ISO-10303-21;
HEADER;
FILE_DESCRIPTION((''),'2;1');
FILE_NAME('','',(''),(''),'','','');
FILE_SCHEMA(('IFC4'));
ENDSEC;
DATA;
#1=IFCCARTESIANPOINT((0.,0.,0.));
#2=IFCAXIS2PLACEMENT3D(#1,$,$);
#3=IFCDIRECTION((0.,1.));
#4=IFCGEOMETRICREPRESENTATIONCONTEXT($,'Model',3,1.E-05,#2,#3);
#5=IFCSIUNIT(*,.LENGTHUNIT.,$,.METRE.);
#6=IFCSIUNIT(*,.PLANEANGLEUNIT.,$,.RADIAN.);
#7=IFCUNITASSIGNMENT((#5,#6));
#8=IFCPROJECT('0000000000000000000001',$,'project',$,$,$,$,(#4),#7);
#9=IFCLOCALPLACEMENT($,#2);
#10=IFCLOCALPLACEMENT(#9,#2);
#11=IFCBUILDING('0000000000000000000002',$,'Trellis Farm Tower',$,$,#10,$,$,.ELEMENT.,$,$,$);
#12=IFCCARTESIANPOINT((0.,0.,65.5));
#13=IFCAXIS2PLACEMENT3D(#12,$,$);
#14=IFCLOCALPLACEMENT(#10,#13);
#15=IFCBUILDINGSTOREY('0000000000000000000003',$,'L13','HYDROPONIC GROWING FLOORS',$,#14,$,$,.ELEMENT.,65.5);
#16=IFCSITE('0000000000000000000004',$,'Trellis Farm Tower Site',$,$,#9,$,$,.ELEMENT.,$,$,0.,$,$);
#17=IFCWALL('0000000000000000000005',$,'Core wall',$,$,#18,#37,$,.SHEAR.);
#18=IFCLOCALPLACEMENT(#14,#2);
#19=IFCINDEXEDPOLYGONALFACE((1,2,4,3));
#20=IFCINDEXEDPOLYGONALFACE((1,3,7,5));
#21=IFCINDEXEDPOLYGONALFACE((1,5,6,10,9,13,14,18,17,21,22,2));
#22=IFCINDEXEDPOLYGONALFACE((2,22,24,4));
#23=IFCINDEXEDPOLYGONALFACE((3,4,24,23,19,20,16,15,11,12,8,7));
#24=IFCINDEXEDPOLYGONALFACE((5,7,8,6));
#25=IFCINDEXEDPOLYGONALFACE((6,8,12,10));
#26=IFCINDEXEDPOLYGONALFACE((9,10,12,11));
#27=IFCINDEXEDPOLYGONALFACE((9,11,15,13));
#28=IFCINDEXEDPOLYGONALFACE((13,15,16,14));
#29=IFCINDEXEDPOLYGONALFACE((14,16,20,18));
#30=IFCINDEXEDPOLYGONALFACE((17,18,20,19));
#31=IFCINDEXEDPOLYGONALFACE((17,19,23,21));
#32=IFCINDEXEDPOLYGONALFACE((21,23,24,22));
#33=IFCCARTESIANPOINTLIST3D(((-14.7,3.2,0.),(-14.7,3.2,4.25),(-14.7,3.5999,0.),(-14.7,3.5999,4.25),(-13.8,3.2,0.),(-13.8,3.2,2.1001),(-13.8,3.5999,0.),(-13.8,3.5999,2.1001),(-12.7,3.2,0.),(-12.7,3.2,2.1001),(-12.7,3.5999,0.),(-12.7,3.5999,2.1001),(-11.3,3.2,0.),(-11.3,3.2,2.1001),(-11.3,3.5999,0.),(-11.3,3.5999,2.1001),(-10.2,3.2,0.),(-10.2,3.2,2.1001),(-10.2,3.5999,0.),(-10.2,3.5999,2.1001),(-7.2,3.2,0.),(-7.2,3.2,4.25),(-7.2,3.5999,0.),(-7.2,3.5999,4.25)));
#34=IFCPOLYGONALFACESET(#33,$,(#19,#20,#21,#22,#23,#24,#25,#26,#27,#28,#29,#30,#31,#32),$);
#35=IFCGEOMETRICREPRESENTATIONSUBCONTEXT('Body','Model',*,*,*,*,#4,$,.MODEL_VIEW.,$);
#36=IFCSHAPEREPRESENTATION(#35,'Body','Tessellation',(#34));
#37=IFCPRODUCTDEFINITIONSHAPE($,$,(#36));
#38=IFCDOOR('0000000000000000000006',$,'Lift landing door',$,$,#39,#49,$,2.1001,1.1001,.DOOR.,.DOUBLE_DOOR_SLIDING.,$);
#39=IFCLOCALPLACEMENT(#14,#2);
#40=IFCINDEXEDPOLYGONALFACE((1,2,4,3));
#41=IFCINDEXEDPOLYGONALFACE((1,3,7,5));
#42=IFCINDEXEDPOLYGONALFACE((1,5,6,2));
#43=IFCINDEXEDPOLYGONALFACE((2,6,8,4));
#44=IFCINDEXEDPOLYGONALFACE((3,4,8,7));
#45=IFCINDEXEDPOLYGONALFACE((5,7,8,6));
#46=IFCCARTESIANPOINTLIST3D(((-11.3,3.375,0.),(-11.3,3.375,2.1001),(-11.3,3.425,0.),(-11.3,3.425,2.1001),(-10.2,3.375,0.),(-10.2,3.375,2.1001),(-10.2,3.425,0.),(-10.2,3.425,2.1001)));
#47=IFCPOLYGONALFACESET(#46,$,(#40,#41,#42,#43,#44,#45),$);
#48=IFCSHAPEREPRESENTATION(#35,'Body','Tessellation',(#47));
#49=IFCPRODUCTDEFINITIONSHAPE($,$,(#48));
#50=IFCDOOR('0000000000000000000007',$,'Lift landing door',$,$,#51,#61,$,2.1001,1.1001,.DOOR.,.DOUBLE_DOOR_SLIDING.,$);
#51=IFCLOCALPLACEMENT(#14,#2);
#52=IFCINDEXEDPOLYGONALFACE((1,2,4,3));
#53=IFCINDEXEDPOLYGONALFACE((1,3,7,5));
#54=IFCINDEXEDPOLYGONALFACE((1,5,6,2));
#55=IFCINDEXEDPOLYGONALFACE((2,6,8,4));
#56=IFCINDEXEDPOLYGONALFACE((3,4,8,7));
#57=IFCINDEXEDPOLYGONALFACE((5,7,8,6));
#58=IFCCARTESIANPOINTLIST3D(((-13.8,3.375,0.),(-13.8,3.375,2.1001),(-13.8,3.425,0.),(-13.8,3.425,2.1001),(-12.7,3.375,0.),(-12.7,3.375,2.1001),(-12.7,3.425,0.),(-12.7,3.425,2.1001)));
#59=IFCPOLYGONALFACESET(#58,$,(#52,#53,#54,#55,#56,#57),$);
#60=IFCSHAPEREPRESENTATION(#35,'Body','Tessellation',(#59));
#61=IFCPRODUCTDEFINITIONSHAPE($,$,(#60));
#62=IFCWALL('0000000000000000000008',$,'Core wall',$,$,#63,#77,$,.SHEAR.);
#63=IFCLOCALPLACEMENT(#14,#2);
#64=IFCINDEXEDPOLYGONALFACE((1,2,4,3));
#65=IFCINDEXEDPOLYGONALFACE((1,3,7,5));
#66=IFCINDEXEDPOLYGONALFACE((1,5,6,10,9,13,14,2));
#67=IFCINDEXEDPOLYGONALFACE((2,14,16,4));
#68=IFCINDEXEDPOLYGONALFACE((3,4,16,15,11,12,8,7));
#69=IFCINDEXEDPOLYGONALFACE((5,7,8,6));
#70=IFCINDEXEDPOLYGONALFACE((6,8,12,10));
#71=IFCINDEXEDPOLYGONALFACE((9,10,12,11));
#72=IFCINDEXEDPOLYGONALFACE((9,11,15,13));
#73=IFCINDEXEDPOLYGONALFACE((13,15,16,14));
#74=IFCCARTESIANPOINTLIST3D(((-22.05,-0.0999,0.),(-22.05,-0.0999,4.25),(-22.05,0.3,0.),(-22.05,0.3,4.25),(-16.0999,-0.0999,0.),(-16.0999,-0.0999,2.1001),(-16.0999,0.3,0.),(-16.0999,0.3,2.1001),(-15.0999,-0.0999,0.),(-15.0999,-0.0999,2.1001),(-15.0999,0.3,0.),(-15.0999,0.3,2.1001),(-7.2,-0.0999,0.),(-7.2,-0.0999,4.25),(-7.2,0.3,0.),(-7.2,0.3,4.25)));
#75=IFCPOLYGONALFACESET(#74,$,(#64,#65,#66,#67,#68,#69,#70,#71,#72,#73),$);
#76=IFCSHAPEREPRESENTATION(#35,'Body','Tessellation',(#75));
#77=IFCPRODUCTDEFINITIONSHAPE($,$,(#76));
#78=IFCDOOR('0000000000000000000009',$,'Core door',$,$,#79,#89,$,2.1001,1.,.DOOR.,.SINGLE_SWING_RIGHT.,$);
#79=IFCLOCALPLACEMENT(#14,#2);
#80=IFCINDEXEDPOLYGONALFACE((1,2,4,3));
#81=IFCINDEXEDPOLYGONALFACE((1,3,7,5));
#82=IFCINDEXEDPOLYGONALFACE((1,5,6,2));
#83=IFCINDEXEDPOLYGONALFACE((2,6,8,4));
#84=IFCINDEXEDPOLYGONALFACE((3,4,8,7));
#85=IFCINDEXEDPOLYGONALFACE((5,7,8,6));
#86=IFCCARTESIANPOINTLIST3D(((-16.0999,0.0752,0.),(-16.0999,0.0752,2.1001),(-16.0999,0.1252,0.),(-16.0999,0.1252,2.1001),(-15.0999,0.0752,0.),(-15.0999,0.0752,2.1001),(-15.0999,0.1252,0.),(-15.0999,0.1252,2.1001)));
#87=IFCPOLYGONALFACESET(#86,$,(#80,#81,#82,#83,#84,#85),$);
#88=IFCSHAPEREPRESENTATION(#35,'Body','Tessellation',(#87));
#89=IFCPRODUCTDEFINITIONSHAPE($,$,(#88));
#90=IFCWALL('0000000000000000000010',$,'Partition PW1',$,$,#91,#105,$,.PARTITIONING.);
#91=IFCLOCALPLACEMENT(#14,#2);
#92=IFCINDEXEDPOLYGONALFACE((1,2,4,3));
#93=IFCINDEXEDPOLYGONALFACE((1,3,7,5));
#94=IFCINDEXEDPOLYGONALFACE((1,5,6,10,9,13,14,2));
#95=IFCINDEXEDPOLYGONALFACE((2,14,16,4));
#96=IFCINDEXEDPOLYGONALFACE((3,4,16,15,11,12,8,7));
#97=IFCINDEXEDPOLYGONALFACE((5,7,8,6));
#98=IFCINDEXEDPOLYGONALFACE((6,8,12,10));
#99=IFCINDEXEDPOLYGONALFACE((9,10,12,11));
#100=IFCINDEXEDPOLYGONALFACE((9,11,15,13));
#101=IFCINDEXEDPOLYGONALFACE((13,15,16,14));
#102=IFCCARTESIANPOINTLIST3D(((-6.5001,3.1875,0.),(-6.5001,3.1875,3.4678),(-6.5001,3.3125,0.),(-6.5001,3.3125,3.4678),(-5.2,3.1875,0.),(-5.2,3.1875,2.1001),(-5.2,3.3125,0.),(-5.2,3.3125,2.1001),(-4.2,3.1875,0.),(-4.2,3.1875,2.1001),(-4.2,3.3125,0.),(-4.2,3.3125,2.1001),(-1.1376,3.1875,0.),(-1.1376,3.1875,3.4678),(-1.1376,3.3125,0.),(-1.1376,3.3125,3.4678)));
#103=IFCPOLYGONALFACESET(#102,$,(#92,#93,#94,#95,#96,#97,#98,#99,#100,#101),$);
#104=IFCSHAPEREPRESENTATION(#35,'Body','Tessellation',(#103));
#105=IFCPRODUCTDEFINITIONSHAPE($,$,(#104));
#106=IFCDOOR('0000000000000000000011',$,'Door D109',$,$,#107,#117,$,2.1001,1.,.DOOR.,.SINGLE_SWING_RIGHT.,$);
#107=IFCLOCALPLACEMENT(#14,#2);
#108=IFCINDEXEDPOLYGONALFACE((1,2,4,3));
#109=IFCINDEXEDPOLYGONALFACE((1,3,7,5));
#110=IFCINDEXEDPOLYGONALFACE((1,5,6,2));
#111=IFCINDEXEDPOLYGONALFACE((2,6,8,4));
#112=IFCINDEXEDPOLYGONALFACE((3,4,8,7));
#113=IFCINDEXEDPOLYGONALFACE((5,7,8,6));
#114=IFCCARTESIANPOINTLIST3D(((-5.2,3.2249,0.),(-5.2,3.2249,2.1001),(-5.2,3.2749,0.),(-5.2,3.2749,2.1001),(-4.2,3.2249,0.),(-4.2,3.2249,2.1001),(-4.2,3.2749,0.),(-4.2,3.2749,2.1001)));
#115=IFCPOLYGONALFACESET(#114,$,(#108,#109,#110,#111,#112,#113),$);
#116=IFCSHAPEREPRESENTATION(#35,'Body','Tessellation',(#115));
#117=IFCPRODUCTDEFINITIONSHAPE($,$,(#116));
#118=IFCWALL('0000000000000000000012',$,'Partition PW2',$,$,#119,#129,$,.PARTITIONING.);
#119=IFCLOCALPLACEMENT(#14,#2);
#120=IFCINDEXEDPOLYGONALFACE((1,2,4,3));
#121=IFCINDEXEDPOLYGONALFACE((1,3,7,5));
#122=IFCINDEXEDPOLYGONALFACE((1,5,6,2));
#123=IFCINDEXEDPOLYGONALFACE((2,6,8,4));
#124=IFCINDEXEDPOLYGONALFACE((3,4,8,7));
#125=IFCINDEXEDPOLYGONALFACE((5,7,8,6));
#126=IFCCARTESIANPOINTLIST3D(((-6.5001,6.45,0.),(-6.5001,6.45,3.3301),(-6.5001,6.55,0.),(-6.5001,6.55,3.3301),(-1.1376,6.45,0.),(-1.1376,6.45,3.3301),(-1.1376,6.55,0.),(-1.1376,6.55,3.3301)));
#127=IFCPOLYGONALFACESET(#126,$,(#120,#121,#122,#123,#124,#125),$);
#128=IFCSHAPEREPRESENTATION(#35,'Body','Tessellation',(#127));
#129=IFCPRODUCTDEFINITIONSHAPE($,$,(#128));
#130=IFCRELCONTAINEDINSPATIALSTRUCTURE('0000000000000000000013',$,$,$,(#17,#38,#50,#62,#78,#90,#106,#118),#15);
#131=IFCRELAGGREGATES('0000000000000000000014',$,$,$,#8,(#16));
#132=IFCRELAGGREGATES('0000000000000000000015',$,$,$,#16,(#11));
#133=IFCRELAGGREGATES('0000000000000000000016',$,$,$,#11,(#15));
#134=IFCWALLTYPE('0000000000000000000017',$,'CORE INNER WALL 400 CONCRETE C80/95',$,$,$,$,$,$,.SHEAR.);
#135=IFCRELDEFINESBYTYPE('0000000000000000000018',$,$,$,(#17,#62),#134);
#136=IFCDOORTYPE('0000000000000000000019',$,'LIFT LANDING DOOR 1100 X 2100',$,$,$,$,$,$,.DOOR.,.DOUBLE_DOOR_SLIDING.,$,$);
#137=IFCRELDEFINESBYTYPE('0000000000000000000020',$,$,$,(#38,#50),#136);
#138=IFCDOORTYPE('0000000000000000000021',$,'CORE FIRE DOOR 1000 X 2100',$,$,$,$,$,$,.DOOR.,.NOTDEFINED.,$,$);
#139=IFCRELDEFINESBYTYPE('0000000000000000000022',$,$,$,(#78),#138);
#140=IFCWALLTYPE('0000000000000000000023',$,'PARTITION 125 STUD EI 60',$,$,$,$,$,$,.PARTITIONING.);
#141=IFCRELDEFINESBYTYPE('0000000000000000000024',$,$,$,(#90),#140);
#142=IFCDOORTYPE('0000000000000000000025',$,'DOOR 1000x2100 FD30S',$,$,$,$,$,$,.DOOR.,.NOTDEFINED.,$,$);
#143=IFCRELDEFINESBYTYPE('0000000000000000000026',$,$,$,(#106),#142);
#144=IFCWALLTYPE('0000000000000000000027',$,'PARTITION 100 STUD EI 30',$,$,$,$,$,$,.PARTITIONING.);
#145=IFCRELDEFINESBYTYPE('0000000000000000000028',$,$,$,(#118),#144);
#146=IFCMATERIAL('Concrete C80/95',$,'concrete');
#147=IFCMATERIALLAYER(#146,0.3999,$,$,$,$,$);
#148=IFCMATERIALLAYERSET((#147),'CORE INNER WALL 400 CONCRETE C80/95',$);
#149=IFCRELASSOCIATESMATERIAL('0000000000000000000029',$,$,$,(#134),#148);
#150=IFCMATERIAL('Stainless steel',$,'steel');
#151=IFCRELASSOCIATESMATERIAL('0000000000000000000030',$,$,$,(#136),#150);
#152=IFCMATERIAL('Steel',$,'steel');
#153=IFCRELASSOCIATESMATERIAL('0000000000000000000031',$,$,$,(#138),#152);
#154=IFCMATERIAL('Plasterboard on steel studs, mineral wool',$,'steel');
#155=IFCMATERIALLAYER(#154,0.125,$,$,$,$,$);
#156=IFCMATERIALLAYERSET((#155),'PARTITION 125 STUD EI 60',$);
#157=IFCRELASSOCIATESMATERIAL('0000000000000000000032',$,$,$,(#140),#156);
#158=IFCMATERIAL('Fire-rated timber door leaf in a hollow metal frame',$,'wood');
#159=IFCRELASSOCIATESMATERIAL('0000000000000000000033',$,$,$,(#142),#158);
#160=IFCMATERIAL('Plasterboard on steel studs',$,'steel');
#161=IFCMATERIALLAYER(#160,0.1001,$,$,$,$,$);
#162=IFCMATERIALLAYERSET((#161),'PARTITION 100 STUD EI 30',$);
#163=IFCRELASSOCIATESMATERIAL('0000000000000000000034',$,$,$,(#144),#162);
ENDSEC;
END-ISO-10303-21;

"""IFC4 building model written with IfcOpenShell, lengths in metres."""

from ifc_helpers import new_model, si_unit, direction, frame, frame_2d, origin, place, context, subcontext, project, spatial, rectangle, extrude, source, transform, mapped, material, layer, layer_set, type_object, element, fill, save


model = new_model("IFC4")

# Units and contexts
model_context = context("Model", 3, precision=1e-05, world=origin(), true_north=direction((0.0, 1.0)))
body_context = subcontext(model_context, "Body", "Model", "MODEL_VIEW")
ifc_project = project(units=[si_unit("LENGTHUNIT", "METRE"), si_unit("PLANEANGLEUNIT", "RADIAN")], contexts=[model_context])

# Site, building, storey
site_placement = place(None, origin())
site = spatial("IfcSite", under=ifc_project, at=site_placement, Name="Trellis Farm Tower Site", CompositionType="ELEMENT", RefElevation=0.0)
building_placement = place(site_placement, origin())
building = spatial("IfcBuilding", under=site, at=building_placement, Name="Trellis Farm Tower", CompositionType="ELEMENT")
storey_placement = place(building_placement, frame((0.0, 0.0, 65.5)))
storey = spatial("IfcBuildingStorey", under=building, at=storey_placement, Name="L13", Description="HYDROPONIC GROWING FLOORS", CompositionType="ELEMENT", Elevation=65.5)

# Shared definitions
ifc_material_1 = material(Name="Concrete C80/95", Category="concrete")

# Shared definitions
ifc_material_2 = material(Name="Steel", Category="steel")

# Shared definitions
ifc_layer_1 = layer(ifc_material_1, 0.3999)
ifc_layer_set_1 = layer_set([ifc_layer_1], Name="CORE INNER WALL 400 CONCRETE C80/95")
wall_type_1 = type_object("IfcWallType", Name="CORE INNER WALL 400 CONCRETE C80/95", PredefinedType="SHEAR", material=ifc_layer_set_1)

# Wall, openings, doors
shared_shape_1 = source(origin(), body_context, "Body", "SweptSolid", [
    extrude(rectangle(XDim=7.5, YDim=0.3999, at=frame_2d((3.75, 0.0))), origin(), (0.0, 0.0, 1.0), 4.25),
])
wall_1_placement = place(storey_placement, frame((-7.2, 3.3999, 0.0), z_axis=(0.0, 0.0, 1.0), x_axis=(-1.0, 0.0, 0.0)))
wall_1 = element("IfcWall", 1, at=wall_1_placement, inside=storey, type_object=wall_type_1, Name="Core wall", PredefinedType="SHEAR", context=body_context, shape_type="MappedRepresentation", body=[
    mapped(shared_shape_1, transform((0.0, 0.0, 0.0))),
])
shared_shape_2 = source(origin(), body_context, "Body", "SweptSolid", [
    extrude(rectangle(XDim=1.1001, YDim=2.1001, at=frame_2d((0.55, 1.05))), frame((0.0, 0.21, 0.0), z_axis=(0.0, -1.0, 0.0), x_axis=(1.0, 0.0, 0.0)), (0.0, 0.0, 1.0), 0.4199),
])
opening_1_placement = place(wall_1_placement, frame((3.0, 0.0, 0.0)))
opening_1 = element("IfcOpeningElement", 2, at=opening_1_placement, cuts=wall_1, PredefinedType="OPENING", context=body_context, shape_type="MappedRepresentation", body=[
    mapped(shared_shape_2, transform((0.0, 0.0, 0.0))),
])
opening_2_placement = place(wall_1_placement, frame((5.5, 0.0, 0.0)))
opening_2 = element("IfcOpeningElement", 3, at=opening_2_placement, cuts=wall_1, PredefinedType="OPENING", context=body_context, shape_type="MappedRepresentation", body=[
    mapped(shared_shape_2, transform((0.0, 0.0, 0.0))),
])
ifc_material_3 = material(Name="Stainless steel", Category="steel")
door_type_1 = type_object("IfcDoorType", Name="LIFT LANDING DOOR 1100 X 2100", OperationType="DOUBLE_DOOR_SLIDING", PredefinedType="DOOR", material=ifc_material_3)
shared_shape_3 = source(origin(), body_context, "Body", "SweptSolid", [
    extrude(rectangle(XDim=1.1001, YDim=2.1001, at=frame_2d((0.55, 1.05))), frame((0.0, 0.0249, 0.0), z_axis=(0.0, -1.0, 0.0), x_axis=(1.0, 0.0, 0.0)), (0.0, 0.0, 1.0), 0.05),
])
door_1_placement = place(opening_1_placement, origin())
door_1 = element("IfcDoor", 4, at=door_1_placement, inside=storey, type_object=door_type_1, Name="Lift landing door", OperationType="DOUBLE_DOOR_SLIDING", OverallHeight=2.1001, OverallWidth=1.1001, PredefinedType="DOOR", context=body_context, shape_type="MappedRepresentation", body=[
    mapped(shared_shape_3, transform((0.0, 0.0, 0.0))),
])
fill(opening_1, door_1)
door_2_placement = place(opening_2_placement, origin())
door_2 = element("IfcDoor", 5, at=door_2_placement, inside=storey, type_object=door_type_1, Name="Lift landing door", OperationType="DOUBLE_DOOR_SLIDING", OverallHeight=2.1001, OverallWidth=1.1001, PredefinedType="DOOR", context=body_context, shape_type="MappedRepresentation", body=[
    mapped(shared_shape_3, transform((0.0, 0.0, 0.0))),
])
fill(opening_2, door_2)

# Walls, openings, doors
shared_shape_4 = source(origin(), body_context, "Body", "SweptSolid", [
    extrude(rectangle(XDim=14.8501, YDim=0.3999, at=frame_2d((7.425, 0.0))), origin(), (0.0, 0.0, 1.0), 4.25),
])
wall_2_placement = place(storey_placement, frame((-7.2, 0.1001, 0.0), z_axis=(0.0, 0.0, 1.0), x_axis=(-1.0, 0.0, 0.0)))
wall_2 = element("IfcWall", 6, at=wall_2_placement, inside=storey, type_object=wall_type_1, Name="Core wall", PredefinedType="SHEAR", context=body_context, shape_type="MappedRepresentation", body=[
    mapped(shared_shape_4, transform((0.0, 0.0, 0.0))),
])
shared_shape_5 = source(origin(), body_context, "Body", "SweptSolid", [
    extrude(rectangle(XDim=1.0, YDim=2.1001, at=frame_2d((0.5, 1.05))), frame((0.0, 0.21, 0.0), z_axis=(0.0, -1.0, 0.0), x_axis=(1.0, 0.0, 0.0)), (0.0, 0.0, 1.0), 0.4199),
])
opening_3_placement = place(wall_2_placement, frame((7.8999, 0.0, 0.0)))
opening_3 = element("IfcOpeningElement", 7, at=opening_3_placement, cuts=wall_2, PredefinedType="OPENING", context=body_context, shape_type="MappedRepresentation", body=[
    mapped(shared_shape_5, transform((0.0, 0.0, 0.0))),
])
door_type_2 = type_object("IfcDoorType", Name="CORE FIRE DOOR 1000 X 2100", OperationType="NOTDEFINED", PredefinedType="DOOR", material=ifc_material_2)
shared_shape_6 = source(origin(), body_context, "Body", "SweptSolid", [
    extrude(rectangle(XDim=1.0, YDim=2.1001, at=frame_2d((0.5, 1.05))), frame((0.0, 0.0249, 0.0), z_axis=(0.0, -1.0, 0.0), x_axis=(1.0, 0.0, 0.0)), (0.0, 0.0, 1.0), 0.05),
])
door_3_placement = place(opening_3_placement, origin())
door_3 = element("IfcDoor", 8, at=door_3_placement, inside=storey, type_object=door_type_2, Name="Core door", OperationType="SINGLE_SWING_RIGHT", OverallHeight=2.1001, OverallWidth=1.0, PredefinedType="DOOR", context=body_context, shape_type="MappedRepresentation", body=[
    mapped(shared_shape_6, transform((0.0, 0.0, 0.0))),
])
fill(opening_3, door_3)
ifc_material_4 = material(Name="Plasterboard on steel studs, mineral wool", Category="steel")
ifc_layer_2 = layer(ifc_material_4, 0.125)
ifc_layer_set_2 = layer_set([ifc_layer_2], Name="PARTITION 125 STUD EI 60")
wall_type_2 = type_object("IfcWallType", Name="PARTITION 125 STUD EI 60", PredefinedType="PARTITIONING", material=ifc_layer_set_2)
shared_shape_7 = source(origin(), body_context, "Body", "SweptSolid", [
    extrude(rectangle(XDim=5.3625, YDim=0.125, at=frame_2d((2.6812, 0.0))), origin(), (0.0, 0.0, 1.0), 3.4678),
])
wall_3_placement = place(storey_placement, frame((-6.5, 3.25, 0.0), z_axis=(0.0, 0.0, 1.0), x_axis=(1.0, 0.0, 0.0)))
wall_3 = element("IfcWall", 9, at=wall_3_placement, inside=storey, type_object=wall_type_2, Name="Partition PW1", PredefinedType="PARTITIONING", context=body_context, shape_type="MappedRepresentation", body=[
    mapped(shared_shape_7, transform((0.0, 0.0, 0.0))),
])
shared_shape_8 = source(origin(), body_context, "Body", "SweptSolid", [
    extrude(rectangle(XDim=1.0, YDim=2.1001, at=frame_2d((0.5, 1.05))), frame((0.0, 0.0725, 0.0), z_axis=(0.0, -1.0, 0.0), x_axis=(1.0, 0.0, 0.0)), (0.0, 0.0, 1.0), 0.145),
])
opening_4_placement = place(wall_3_placement, frame((1.3, 0.0, 0.0)))
opening_4 = element("IfcOpeningElement", 10, at=opening_4_placement, cuts=wall_3, PredefinedType="OPENING", context=body_context, shape_type="MappedRepresentation", body=[
    mapped(shared_shape_8, transform((0.0, 0.0, 0.0))),
])
ifc_material_5 = material(Name="Fire-rated timber door leaf in a hollow metal frame", Category="wood")
door_type_3 = type_object("IfcDoorType", Name="DOOR 1000x2100 FD30S", OperationType="NOTDEFINED", PredefinedType="DOOR", material=ifc_material_5)
door_4_placement = place(opening_4_placement, origin())
door_4 = element("IfcDoor", 11, at=door_4_placement, inside=storey, type_object=door_type_3, Name="Door D109", OperationType="SINGLE_SWING_RIGHT", OverallHeight=2.1001, OverallWidth=1.0, PredefinedType="DOOR", context=body_context, shape_type="MappedRepresentation", body=[
    mapped(shared_shape_6, transform((0.0, 0.0, 0.0))),
])
fill(opening_4, door_4)

# Wall
ifc_material_6 = material(Name="Plasterboard on steel studs", Category="steel")
ifc_layer_3 = layer(ifc_material_6, 0.1001)
ifc_layer_set_3 = layer_set([ifc_layer_3], Name="PARTITION 100 STUD EI 30")
wall_type_3 = type_object("IfcWallType", Name="PARTITION 100 STUD EI 30", PredefinedType="PARTITIONING", material=ifc_layer_set_3)
shared_shape_9 = source(origin(), body_context, "Body", "SweptSolid", [
    extrude(rectangle(XDim=5.3625, YDim=0.1001, at=frame_2d((2.6812, 0.0))), origin(), (0.0, 0.0, 1.0), 3.3301),
])
wall_4_placement = place(storey_placement, frame((-6.5, 6.5, 0.0), z_axis=(0.0, 0.0, 1.0), x_axis=(1.0, 0.0, 0.0)))
element("IfcWall", 12, at=wall_4_placement, inside=storey, type_object=wall_type_3, Name="Partition PW2", PredefinedType="PARTITIONING", context=body_context, shape_type="MappedRepresentation", body=[
    mapped(shared_shape_9, transform((0.0, 0.0, 0.0))),
])

save(model, "model.ifc")
